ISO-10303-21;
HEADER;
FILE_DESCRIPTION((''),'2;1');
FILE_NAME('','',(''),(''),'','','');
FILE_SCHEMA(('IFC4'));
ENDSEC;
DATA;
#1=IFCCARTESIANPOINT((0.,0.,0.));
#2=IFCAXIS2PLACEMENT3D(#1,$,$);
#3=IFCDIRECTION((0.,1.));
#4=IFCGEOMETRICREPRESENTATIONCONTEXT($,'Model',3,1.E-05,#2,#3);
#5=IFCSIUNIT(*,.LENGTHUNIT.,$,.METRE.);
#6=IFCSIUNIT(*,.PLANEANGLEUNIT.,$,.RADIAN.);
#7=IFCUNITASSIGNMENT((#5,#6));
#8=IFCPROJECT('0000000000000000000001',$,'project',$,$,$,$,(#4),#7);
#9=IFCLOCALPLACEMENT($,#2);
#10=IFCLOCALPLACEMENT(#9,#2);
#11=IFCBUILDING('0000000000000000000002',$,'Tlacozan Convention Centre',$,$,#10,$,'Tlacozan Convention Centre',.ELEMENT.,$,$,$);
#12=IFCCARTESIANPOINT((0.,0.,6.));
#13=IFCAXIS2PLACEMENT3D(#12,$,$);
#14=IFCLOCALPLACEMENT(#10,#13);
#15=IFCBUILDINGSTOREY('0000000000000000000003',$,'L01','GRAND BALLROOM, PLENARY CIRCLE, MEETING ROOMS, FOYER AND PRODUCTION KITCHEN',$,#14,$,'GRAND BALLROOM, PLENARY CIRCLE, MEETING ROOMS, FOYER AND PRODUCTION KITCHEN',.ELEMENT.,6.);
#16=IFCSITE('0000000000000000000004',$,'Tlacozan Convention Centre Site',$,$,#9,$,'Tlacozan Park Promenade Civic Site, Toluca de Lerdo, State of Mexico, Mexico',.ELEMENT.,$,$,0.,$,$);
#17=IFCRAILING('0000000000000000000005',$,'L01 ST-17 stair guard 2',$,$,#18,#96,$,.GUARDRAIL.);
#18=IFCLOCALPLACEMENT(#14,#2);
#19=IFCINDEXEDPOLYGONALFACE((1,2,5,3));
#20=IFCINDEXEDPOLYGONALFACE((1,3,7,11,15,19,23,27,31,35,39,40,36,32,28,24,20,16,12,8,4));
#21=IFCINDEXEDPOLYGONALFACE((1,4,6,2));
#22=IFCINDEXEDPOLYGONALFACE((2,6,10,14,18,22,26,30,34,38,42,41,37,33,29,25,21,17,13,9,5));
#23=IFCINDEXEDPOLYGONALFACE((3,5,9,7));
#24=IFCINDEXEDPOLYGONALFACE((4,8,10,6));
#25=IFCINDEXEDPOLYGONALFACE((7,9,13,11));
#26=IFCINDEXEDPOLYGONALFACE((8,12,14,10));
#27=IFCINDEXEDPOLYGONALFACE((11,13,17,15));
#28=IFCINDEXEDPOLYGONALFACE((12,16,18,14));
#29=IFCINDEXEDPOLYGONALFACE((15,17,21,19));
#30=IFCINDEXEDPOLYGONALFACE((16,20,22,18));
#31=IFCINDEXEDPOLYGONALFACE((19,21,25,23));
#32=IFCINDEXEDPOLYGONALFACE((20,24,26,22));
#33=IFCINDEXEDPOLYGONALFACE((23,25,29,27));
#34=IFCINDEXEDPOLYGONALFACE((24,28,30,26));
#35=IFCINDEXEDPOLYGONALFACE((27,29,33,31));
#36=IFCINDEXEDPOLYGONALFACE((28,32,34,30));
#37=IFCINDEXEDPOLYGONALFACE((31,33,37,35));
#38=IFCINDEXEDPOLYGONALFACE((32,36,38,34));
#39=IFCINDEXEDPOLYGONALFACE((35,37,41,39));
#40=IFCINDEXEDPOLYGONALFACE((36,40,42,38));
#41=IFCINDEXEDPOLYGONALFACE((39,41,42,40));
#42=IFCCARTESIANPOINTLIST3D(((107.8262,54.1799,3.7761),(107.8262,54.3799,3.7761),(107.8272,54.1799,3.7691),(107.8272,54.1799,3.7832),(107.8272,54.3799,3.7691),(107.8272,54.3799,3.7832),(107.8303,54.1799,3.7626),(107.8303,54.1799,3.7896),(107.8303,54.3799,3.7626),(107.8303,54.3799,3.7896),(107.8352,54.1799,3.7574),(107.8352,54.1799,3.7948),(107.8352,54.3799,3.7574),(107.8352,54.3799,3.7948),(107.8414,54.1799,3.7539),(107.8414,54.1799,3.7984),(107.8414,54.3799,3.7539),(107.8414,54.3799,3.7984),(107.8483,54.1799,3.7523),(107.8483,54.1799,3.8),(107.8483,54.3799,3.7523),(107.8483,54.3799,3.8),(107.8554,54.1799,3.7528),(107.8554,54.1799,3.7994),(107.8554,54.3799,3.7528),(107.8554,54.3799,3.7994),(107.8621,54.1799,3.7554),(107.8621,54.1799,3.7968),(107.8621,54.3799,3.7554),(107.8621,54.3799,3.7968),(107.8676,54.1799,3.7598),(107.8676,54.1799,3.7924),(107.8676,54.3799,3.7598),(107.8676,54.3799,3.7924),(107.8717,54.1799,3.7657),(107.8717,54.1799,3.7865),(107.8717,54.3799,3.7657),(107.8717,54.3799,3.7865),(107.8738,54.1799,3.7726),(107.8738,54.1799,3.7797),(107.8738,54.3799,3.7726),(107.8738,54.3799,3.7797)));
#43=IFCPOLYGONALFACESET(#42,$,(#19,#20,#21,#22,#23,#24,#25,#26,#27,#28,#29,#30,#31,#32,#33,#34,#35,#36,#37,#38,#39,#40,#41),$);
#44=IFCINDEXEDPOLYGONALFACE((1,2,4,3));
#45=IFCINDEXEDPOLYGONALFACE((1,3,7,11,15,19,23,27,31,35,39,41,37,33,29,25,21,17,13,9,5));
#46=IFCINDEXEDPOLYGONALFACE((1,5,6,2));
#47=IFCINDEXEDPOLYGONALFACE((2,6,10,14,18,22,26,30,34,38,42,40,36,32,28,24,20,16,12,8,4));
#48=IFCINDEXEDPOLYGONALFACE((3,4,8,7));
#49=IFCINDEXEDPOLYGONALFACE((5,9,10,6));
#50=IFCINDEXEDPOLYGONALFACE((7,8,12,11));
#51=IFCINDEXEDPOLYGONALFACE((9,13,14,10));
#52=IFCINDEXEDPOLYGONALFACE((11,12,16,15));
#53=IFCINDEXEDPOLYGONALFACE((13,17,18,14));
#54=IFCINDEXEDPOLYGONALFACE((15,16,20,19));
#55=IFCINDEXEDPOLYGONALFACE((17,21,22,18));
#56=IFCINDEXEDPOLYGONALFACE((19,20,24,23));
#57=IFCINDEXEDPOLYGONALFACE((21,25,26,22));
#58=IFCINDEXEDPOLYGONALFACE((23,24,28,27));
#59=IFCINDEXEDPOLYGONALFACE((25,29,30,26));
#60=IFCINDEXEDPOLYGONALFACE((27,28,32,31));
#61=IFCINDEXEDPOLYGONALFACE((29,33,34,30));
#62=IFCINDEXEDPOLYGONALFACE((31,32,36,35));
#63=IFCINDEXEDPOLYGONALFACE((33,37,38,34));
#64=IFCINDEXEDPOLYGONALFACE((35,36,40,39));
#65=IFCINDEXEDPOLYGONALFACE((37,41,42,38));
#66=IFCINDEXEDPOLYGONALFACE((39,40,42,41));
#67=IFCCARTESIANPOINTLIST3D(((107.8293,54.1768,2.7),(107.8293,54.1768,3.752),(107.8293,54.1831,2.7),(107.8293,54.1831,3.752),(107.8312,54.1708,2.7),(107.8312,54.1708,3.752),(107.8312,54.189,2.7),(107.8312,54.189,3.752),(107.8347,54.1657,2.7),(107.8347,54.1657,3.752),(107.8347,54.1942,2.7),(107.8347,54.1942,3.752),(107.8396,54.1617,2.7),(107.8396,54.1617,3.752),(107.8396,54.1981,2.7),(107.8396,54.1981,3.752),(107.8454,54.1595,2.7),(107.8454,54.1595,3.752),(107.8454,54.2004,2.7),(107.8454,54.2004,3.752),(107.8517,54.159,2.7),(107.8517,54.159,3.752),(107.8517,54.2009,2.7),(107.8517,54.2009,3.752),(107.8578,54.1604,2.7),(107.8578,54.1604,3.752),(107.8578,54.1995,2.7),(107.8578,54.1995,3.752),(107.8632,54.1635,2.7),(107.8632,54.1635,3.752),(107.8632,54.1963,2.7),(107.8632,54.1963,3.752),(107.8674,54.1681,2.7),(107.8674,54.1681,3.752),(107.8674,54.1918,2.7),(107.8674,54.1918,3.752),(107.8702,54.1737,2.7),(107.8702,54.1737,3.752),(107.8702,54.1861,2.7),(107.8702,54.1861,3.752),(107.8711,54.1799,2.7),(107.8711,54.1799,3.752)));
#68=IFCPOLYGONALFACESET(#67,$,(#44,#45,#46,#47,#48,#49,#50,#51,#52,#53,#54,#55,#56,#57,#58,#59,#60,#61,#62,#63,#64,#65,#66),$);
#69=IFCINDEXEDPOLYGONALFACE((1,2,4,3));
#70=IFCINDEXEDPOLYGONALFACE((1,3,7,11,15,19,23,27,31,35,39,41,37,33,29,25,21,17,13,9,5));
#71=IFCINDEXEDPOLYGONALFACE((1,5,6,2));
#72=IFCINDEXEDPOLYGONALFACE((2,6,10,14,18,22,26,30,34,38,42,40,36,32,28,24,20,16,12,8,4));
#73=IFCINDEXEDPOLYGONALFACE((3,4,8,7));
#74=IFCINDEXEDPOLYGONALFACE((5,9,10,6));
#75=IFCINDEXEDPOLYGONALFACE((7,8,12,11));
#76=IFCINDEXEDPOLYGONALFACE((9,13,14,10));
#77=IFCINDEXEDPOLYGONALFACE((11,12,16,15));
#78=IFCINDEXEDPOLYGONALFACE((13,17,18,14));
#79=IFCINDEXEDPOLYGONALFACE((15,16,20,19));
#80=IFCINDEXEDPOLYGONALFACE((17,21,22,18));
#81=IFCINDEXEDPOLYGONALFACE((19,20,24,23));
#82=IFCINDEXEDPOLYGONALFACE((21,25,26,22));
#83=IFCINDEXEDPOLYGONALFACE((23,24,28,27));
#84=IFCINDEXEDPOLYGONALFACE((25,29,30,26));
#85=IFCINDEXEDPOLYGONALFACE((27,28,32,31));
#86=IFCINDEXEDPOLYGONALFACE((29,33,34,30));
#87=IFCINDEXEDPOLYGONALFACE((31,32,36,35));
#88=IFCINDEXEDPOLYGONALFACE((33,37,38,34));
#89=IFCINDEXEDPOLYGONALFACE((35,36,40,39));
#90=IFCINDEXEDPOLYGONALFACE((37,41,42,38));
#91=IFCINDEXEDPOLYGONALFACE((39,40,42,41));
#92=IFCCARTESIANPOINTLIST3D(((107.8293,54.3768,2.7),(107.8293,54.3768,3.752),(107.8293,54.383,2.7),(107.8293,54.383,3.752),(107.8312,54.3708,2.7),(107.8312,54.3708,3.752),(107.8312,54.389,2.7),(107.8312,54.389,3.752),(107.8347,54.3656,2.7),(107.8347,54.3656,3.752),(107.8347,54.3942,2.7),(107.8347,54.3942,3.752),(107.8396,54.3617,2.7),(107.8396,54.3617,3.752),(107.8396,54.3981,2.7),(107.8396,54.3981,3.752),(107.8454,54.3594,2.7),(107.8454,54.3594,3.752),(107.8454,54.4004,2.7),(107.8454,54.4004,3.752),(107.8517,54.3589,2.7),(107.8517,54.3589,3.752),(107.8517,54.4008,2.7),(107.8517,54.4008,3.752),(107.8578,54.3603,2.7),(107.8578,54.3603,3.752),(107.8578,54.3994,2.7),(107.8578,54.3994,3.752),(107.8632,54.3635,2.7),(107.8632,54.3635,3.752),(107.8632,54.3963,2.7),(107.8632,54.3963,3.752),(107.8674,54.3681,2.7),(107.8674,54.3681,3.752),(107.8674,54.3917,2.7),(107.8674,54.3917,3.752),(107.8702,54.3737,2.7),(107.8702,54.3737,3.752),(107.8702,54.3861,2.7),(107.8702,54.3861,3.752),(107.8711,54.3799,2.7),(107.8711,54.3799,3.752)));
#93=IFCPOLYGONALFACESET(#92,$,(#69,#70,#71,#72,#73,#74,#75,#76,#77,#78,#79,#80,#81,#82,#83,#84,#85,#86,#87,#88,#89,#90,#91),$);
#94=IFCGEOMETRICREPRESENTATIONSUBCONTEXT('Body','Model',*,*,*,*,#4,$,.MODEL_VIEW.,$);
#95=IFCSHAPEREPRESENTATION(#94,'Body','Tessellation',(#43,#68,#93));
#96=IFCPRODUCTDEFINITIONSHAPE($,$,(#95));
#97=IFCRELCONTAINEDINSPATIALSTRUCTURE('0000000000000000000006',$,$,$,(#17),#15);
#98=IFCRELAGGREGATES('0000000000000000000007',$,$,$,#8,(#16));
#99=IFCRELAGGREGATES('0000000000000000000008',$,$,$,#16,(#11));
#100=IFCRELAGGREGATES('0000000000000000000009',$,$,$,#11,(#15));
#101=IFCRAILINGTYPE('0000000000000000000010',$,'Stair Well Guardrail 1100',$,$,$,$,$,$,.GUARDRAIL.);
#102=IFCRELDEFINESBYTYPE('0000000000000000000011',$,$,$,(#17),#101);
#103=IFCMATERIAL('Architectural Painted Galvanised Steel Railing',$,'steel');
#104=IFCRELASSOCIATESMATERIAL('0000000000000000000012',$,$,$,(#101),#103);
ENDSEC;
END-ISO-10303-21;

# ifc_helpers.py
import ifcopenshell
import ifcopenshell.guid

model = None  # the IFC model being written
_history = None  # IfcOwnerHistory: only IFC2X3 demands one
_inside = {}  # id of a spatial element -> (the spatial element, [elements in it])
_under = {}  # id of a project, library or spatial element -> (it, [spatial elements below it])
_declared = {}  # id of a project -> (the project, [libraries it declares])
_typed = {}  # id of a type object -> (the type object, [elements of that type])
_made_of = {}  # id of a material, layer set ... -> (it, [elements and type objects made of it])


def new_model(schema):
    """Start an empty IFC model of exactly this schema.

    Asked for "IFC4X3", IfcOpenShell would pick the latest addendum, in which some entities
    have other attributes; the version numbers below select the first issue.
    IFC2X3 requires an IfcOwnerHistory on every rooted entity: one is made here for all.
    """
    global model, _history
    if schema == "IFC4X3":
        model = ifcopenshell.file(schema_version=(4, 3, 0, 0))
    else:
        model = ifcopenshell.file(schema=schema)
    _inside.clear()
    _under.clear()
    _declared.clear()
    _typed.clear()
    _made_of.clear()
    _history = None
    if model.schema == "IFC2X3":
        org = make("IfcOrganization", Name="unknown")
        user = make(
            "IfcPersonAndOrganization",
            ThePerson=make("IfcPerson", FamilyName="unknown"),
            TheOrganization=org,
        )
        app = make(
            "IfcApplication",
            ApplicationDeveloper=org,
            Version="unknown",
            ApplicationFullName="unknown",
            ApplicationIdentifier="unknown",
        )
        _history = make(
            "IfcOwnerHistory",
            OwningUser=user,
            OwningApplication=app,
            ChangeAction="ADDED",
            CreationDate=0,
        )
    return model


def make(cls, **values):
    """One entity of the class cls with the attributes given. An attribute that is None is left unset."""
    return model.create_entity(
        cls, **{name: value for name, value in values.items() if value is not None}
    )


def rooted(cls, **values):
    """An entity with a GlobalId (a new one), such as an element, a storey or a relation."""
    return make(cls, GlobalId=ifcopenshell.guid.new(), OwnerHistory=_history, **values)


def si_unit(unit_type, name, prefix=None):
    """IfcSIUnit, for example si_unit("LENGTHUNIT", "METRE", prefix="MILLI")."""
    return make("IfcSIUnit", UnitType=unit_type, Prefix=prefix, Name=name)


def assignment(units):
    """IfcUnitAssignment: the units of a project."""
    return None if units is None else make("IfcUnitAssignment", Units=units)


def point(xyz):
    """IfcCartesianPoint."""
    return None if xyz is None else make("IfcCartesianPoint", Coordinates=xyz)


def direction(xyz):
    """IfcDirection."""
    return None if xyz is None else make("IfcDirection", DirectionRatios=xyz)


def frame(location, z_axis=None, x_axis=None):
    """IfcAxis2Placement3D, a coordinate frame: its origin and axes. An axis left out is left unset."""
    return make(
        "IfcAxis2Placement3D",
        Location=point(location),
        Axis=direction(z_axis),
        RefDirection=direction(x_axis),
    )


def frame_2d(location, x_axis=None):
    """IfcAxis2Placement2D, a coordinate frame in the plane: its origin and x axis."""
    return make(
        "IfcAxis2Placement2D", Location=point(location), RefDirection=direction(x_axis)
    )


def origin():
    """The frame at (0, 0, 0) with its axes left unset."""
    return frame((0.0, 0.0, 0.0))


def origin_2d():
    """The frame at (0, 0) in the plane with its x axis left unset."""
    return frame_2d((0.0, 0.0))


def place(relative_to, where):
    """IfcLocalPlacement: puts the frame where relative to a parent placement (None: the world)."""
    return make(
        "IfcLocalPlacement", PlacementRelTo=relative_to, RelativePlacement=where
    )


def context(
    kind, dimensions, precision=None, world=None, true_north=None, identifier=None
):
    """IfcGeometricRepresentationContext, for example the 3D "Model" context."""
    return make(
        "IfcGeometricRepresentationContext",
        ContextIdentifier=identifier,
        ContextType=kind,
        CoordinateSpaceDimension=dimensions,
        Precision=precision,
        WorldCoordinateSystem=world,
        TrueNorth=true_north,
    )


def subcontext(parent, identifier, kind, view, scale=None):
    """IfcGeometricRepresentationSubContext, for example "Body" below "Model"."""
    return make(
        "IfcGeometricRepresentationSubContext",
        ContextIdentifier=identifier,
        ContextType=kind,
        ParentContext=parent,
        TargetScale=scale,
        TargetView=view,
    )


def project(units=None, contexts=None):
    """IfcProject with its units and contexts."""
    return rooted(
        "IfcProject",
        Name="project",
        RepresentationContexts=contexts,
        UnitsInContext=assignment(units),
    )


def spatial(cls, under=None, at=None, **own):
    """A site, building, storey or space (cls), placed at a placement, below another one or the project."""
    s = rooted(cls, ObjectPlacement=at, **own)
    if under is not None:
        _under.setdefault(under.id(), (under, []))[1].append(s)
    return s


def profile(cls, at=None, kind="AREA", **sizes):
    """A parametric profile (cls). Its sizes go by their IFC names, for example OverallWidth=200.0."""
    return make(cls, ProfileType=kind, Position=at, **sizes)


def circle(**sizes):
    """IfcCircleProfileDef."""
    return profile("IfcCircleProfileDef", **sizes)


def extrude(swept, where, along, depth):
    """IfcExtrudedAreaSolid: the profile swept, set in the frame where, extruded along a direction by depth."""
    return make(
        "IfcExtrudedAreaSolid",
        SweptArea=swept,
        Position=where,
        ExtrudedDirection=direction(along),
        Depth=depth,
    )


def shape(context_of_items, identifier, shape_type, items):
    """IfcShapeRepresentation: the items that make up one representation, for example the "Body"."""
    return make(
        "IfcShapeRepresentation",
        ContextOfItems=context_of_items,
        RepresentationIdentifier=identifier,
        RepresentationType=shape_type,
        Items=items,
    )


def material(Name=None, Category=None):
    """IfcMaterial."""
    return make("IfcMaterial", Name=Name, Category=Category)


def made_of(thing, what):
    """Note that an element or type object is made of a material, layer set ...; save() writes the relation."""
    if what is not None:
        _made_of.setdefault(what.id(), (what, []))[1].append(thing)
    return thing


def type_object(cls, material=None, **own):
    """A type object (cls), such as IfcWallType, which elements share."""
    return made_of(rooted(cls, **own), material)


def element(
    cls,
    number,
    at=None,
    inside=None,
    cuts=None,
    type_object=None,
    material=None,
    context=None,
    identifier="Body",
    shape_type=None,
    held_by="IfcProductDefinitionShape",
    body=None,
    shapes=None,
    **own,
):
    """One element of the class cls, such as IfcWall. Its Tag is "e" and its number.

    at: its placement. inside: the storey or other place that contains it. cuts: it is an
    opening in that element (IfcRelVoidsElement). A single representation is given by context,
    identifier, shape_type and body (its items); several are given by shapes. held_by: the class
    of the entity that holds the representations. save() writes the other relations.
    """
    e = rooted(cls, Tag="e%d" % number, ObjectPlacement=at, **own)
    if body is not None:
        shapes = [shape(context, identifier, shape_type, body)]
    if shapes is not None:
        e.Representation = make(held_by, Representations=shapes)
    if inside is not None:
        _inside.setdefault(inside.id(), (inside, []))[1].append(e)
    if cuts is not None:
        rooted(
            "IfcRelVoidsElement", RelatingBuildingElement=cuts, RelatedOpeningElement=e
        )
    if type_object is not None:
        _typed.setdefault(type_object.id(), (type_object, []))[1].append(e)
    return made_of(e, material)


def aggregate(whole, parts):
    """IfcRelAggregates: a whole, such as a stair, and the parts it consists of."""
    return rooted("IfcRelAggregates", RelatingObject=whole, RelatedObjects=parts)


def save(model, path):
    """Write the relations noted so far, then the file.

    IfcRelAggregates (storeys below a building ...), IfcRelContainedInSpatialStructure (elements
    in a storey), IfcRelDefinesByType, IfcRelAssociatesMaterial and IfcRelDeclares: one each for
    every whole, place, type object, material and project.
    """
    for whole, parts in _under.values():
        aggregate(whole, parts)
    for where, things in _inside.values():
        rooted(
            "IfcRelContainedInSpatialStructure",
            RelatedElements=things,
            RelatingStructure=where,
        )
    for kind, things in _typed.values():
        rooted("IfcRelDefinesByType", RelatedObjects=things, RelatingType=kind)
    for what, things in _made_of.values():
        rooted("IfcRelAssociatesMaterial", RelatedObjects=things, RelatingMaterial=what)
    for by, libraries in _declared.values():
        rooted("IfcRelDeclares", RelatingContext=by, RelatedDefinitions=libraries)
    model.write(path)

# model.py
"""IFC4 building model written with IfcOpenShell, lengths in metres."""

from ifc_helpers import new_model, si_unit, direction, frame, origin, origin_2d, place, context, subcontext, project, spatial, circle, extrude, material, type_object, element, save


model = new_model("IFC4")

# Units and contexts
model_context = context("Model", 3, precision=1e-05, world=origin(), true_north=direction((0.0, 1.0)))
body_context = subcontext(model_context, "Body", "Model", "MODEL_VIEW")
ifc_project = project(units=[si_unit("LENGTHUNIT", "METRE"), si_unit("PLANEANGLEUNIT", "RADIAN")], contexts=[model_context])

# Site, building, storey
site_placement = place(None, origin())
site = spatial("IfcSite", under=ifc_project, at=site_placement, Name="Tlacozan Convention Centre Site", LongName="Tlacozan Park Promenade Civic Site, Toluca de Lerdo, State of Mexico, Mexico", CompositionType="ELEMENT", RefElevation=0.0)
building_placement = place(site_placement, origin())
building = spatial("IfcBuilding", under=site, at=building_placement, Name="Tlacozan Convention Centre", LongName="Tlacozan Convention Centre", CompositionType="ELEMENT")
storey_placement = place(building_placement, frame((0.0, 0.0, 6.0)))
storey = spatial("IfcBuildingStorey", under=building, at=storey_placement, Name="L01", Description="GRAND BALLROOM, PLENARY CIRCLE, MEETING ROOMS, FOYER AND PRODUCTION KITCHEN", LongName="GRAND BALLROOM, PLENARY CIRCLE, MEETING ROOMS, FOYER AND PRODUCTION KITCHEN", CompositionType="ELEMENT", Elevation=6.0)

# Railing
ifc_material_1 = material(Name="Architectural Painted Galvanised Steel Railing", Category="steel")
railing_type_1 = type_object("IfcRailingType", Name="Stair Well Guardrail 1100", PredefinedType="GUARDRAIL", material=ifc_material_1)
railing_1_placement = place(storey_placement, frame((107.8501, 54.1799, 2.7)))
element("IfcRailing", 1, at=railing_1_placement, inside=storey, type_object=railing_type_1, Name="L01 ST-17 stair guard 2", PredefinedType="GUARDRAIL", context=body_context, shape_type="SweptSolid", body=[
    extrude(circle(Radius=0.0239, at=origin_2d()), frame((0.0, 0.0, 1.0762), z_axis=(0.0, 1.0, 0.0), x_axis=(-1.0, 0.0, 0.0)), (0.0, 0.0, 1.0), 0.2),
    extrude(circle(Radius=0.021, at=origin_2d()), origin(), (0.0, 0.0, 1.0), 1.052),
    extrude(circle(Radius=0.021, at=origin_2d()), frame((0.0, 0.2, 0.0)), (0.0, 0.0, 1.0), 1.052),
])

save(model, "model.ifc")
